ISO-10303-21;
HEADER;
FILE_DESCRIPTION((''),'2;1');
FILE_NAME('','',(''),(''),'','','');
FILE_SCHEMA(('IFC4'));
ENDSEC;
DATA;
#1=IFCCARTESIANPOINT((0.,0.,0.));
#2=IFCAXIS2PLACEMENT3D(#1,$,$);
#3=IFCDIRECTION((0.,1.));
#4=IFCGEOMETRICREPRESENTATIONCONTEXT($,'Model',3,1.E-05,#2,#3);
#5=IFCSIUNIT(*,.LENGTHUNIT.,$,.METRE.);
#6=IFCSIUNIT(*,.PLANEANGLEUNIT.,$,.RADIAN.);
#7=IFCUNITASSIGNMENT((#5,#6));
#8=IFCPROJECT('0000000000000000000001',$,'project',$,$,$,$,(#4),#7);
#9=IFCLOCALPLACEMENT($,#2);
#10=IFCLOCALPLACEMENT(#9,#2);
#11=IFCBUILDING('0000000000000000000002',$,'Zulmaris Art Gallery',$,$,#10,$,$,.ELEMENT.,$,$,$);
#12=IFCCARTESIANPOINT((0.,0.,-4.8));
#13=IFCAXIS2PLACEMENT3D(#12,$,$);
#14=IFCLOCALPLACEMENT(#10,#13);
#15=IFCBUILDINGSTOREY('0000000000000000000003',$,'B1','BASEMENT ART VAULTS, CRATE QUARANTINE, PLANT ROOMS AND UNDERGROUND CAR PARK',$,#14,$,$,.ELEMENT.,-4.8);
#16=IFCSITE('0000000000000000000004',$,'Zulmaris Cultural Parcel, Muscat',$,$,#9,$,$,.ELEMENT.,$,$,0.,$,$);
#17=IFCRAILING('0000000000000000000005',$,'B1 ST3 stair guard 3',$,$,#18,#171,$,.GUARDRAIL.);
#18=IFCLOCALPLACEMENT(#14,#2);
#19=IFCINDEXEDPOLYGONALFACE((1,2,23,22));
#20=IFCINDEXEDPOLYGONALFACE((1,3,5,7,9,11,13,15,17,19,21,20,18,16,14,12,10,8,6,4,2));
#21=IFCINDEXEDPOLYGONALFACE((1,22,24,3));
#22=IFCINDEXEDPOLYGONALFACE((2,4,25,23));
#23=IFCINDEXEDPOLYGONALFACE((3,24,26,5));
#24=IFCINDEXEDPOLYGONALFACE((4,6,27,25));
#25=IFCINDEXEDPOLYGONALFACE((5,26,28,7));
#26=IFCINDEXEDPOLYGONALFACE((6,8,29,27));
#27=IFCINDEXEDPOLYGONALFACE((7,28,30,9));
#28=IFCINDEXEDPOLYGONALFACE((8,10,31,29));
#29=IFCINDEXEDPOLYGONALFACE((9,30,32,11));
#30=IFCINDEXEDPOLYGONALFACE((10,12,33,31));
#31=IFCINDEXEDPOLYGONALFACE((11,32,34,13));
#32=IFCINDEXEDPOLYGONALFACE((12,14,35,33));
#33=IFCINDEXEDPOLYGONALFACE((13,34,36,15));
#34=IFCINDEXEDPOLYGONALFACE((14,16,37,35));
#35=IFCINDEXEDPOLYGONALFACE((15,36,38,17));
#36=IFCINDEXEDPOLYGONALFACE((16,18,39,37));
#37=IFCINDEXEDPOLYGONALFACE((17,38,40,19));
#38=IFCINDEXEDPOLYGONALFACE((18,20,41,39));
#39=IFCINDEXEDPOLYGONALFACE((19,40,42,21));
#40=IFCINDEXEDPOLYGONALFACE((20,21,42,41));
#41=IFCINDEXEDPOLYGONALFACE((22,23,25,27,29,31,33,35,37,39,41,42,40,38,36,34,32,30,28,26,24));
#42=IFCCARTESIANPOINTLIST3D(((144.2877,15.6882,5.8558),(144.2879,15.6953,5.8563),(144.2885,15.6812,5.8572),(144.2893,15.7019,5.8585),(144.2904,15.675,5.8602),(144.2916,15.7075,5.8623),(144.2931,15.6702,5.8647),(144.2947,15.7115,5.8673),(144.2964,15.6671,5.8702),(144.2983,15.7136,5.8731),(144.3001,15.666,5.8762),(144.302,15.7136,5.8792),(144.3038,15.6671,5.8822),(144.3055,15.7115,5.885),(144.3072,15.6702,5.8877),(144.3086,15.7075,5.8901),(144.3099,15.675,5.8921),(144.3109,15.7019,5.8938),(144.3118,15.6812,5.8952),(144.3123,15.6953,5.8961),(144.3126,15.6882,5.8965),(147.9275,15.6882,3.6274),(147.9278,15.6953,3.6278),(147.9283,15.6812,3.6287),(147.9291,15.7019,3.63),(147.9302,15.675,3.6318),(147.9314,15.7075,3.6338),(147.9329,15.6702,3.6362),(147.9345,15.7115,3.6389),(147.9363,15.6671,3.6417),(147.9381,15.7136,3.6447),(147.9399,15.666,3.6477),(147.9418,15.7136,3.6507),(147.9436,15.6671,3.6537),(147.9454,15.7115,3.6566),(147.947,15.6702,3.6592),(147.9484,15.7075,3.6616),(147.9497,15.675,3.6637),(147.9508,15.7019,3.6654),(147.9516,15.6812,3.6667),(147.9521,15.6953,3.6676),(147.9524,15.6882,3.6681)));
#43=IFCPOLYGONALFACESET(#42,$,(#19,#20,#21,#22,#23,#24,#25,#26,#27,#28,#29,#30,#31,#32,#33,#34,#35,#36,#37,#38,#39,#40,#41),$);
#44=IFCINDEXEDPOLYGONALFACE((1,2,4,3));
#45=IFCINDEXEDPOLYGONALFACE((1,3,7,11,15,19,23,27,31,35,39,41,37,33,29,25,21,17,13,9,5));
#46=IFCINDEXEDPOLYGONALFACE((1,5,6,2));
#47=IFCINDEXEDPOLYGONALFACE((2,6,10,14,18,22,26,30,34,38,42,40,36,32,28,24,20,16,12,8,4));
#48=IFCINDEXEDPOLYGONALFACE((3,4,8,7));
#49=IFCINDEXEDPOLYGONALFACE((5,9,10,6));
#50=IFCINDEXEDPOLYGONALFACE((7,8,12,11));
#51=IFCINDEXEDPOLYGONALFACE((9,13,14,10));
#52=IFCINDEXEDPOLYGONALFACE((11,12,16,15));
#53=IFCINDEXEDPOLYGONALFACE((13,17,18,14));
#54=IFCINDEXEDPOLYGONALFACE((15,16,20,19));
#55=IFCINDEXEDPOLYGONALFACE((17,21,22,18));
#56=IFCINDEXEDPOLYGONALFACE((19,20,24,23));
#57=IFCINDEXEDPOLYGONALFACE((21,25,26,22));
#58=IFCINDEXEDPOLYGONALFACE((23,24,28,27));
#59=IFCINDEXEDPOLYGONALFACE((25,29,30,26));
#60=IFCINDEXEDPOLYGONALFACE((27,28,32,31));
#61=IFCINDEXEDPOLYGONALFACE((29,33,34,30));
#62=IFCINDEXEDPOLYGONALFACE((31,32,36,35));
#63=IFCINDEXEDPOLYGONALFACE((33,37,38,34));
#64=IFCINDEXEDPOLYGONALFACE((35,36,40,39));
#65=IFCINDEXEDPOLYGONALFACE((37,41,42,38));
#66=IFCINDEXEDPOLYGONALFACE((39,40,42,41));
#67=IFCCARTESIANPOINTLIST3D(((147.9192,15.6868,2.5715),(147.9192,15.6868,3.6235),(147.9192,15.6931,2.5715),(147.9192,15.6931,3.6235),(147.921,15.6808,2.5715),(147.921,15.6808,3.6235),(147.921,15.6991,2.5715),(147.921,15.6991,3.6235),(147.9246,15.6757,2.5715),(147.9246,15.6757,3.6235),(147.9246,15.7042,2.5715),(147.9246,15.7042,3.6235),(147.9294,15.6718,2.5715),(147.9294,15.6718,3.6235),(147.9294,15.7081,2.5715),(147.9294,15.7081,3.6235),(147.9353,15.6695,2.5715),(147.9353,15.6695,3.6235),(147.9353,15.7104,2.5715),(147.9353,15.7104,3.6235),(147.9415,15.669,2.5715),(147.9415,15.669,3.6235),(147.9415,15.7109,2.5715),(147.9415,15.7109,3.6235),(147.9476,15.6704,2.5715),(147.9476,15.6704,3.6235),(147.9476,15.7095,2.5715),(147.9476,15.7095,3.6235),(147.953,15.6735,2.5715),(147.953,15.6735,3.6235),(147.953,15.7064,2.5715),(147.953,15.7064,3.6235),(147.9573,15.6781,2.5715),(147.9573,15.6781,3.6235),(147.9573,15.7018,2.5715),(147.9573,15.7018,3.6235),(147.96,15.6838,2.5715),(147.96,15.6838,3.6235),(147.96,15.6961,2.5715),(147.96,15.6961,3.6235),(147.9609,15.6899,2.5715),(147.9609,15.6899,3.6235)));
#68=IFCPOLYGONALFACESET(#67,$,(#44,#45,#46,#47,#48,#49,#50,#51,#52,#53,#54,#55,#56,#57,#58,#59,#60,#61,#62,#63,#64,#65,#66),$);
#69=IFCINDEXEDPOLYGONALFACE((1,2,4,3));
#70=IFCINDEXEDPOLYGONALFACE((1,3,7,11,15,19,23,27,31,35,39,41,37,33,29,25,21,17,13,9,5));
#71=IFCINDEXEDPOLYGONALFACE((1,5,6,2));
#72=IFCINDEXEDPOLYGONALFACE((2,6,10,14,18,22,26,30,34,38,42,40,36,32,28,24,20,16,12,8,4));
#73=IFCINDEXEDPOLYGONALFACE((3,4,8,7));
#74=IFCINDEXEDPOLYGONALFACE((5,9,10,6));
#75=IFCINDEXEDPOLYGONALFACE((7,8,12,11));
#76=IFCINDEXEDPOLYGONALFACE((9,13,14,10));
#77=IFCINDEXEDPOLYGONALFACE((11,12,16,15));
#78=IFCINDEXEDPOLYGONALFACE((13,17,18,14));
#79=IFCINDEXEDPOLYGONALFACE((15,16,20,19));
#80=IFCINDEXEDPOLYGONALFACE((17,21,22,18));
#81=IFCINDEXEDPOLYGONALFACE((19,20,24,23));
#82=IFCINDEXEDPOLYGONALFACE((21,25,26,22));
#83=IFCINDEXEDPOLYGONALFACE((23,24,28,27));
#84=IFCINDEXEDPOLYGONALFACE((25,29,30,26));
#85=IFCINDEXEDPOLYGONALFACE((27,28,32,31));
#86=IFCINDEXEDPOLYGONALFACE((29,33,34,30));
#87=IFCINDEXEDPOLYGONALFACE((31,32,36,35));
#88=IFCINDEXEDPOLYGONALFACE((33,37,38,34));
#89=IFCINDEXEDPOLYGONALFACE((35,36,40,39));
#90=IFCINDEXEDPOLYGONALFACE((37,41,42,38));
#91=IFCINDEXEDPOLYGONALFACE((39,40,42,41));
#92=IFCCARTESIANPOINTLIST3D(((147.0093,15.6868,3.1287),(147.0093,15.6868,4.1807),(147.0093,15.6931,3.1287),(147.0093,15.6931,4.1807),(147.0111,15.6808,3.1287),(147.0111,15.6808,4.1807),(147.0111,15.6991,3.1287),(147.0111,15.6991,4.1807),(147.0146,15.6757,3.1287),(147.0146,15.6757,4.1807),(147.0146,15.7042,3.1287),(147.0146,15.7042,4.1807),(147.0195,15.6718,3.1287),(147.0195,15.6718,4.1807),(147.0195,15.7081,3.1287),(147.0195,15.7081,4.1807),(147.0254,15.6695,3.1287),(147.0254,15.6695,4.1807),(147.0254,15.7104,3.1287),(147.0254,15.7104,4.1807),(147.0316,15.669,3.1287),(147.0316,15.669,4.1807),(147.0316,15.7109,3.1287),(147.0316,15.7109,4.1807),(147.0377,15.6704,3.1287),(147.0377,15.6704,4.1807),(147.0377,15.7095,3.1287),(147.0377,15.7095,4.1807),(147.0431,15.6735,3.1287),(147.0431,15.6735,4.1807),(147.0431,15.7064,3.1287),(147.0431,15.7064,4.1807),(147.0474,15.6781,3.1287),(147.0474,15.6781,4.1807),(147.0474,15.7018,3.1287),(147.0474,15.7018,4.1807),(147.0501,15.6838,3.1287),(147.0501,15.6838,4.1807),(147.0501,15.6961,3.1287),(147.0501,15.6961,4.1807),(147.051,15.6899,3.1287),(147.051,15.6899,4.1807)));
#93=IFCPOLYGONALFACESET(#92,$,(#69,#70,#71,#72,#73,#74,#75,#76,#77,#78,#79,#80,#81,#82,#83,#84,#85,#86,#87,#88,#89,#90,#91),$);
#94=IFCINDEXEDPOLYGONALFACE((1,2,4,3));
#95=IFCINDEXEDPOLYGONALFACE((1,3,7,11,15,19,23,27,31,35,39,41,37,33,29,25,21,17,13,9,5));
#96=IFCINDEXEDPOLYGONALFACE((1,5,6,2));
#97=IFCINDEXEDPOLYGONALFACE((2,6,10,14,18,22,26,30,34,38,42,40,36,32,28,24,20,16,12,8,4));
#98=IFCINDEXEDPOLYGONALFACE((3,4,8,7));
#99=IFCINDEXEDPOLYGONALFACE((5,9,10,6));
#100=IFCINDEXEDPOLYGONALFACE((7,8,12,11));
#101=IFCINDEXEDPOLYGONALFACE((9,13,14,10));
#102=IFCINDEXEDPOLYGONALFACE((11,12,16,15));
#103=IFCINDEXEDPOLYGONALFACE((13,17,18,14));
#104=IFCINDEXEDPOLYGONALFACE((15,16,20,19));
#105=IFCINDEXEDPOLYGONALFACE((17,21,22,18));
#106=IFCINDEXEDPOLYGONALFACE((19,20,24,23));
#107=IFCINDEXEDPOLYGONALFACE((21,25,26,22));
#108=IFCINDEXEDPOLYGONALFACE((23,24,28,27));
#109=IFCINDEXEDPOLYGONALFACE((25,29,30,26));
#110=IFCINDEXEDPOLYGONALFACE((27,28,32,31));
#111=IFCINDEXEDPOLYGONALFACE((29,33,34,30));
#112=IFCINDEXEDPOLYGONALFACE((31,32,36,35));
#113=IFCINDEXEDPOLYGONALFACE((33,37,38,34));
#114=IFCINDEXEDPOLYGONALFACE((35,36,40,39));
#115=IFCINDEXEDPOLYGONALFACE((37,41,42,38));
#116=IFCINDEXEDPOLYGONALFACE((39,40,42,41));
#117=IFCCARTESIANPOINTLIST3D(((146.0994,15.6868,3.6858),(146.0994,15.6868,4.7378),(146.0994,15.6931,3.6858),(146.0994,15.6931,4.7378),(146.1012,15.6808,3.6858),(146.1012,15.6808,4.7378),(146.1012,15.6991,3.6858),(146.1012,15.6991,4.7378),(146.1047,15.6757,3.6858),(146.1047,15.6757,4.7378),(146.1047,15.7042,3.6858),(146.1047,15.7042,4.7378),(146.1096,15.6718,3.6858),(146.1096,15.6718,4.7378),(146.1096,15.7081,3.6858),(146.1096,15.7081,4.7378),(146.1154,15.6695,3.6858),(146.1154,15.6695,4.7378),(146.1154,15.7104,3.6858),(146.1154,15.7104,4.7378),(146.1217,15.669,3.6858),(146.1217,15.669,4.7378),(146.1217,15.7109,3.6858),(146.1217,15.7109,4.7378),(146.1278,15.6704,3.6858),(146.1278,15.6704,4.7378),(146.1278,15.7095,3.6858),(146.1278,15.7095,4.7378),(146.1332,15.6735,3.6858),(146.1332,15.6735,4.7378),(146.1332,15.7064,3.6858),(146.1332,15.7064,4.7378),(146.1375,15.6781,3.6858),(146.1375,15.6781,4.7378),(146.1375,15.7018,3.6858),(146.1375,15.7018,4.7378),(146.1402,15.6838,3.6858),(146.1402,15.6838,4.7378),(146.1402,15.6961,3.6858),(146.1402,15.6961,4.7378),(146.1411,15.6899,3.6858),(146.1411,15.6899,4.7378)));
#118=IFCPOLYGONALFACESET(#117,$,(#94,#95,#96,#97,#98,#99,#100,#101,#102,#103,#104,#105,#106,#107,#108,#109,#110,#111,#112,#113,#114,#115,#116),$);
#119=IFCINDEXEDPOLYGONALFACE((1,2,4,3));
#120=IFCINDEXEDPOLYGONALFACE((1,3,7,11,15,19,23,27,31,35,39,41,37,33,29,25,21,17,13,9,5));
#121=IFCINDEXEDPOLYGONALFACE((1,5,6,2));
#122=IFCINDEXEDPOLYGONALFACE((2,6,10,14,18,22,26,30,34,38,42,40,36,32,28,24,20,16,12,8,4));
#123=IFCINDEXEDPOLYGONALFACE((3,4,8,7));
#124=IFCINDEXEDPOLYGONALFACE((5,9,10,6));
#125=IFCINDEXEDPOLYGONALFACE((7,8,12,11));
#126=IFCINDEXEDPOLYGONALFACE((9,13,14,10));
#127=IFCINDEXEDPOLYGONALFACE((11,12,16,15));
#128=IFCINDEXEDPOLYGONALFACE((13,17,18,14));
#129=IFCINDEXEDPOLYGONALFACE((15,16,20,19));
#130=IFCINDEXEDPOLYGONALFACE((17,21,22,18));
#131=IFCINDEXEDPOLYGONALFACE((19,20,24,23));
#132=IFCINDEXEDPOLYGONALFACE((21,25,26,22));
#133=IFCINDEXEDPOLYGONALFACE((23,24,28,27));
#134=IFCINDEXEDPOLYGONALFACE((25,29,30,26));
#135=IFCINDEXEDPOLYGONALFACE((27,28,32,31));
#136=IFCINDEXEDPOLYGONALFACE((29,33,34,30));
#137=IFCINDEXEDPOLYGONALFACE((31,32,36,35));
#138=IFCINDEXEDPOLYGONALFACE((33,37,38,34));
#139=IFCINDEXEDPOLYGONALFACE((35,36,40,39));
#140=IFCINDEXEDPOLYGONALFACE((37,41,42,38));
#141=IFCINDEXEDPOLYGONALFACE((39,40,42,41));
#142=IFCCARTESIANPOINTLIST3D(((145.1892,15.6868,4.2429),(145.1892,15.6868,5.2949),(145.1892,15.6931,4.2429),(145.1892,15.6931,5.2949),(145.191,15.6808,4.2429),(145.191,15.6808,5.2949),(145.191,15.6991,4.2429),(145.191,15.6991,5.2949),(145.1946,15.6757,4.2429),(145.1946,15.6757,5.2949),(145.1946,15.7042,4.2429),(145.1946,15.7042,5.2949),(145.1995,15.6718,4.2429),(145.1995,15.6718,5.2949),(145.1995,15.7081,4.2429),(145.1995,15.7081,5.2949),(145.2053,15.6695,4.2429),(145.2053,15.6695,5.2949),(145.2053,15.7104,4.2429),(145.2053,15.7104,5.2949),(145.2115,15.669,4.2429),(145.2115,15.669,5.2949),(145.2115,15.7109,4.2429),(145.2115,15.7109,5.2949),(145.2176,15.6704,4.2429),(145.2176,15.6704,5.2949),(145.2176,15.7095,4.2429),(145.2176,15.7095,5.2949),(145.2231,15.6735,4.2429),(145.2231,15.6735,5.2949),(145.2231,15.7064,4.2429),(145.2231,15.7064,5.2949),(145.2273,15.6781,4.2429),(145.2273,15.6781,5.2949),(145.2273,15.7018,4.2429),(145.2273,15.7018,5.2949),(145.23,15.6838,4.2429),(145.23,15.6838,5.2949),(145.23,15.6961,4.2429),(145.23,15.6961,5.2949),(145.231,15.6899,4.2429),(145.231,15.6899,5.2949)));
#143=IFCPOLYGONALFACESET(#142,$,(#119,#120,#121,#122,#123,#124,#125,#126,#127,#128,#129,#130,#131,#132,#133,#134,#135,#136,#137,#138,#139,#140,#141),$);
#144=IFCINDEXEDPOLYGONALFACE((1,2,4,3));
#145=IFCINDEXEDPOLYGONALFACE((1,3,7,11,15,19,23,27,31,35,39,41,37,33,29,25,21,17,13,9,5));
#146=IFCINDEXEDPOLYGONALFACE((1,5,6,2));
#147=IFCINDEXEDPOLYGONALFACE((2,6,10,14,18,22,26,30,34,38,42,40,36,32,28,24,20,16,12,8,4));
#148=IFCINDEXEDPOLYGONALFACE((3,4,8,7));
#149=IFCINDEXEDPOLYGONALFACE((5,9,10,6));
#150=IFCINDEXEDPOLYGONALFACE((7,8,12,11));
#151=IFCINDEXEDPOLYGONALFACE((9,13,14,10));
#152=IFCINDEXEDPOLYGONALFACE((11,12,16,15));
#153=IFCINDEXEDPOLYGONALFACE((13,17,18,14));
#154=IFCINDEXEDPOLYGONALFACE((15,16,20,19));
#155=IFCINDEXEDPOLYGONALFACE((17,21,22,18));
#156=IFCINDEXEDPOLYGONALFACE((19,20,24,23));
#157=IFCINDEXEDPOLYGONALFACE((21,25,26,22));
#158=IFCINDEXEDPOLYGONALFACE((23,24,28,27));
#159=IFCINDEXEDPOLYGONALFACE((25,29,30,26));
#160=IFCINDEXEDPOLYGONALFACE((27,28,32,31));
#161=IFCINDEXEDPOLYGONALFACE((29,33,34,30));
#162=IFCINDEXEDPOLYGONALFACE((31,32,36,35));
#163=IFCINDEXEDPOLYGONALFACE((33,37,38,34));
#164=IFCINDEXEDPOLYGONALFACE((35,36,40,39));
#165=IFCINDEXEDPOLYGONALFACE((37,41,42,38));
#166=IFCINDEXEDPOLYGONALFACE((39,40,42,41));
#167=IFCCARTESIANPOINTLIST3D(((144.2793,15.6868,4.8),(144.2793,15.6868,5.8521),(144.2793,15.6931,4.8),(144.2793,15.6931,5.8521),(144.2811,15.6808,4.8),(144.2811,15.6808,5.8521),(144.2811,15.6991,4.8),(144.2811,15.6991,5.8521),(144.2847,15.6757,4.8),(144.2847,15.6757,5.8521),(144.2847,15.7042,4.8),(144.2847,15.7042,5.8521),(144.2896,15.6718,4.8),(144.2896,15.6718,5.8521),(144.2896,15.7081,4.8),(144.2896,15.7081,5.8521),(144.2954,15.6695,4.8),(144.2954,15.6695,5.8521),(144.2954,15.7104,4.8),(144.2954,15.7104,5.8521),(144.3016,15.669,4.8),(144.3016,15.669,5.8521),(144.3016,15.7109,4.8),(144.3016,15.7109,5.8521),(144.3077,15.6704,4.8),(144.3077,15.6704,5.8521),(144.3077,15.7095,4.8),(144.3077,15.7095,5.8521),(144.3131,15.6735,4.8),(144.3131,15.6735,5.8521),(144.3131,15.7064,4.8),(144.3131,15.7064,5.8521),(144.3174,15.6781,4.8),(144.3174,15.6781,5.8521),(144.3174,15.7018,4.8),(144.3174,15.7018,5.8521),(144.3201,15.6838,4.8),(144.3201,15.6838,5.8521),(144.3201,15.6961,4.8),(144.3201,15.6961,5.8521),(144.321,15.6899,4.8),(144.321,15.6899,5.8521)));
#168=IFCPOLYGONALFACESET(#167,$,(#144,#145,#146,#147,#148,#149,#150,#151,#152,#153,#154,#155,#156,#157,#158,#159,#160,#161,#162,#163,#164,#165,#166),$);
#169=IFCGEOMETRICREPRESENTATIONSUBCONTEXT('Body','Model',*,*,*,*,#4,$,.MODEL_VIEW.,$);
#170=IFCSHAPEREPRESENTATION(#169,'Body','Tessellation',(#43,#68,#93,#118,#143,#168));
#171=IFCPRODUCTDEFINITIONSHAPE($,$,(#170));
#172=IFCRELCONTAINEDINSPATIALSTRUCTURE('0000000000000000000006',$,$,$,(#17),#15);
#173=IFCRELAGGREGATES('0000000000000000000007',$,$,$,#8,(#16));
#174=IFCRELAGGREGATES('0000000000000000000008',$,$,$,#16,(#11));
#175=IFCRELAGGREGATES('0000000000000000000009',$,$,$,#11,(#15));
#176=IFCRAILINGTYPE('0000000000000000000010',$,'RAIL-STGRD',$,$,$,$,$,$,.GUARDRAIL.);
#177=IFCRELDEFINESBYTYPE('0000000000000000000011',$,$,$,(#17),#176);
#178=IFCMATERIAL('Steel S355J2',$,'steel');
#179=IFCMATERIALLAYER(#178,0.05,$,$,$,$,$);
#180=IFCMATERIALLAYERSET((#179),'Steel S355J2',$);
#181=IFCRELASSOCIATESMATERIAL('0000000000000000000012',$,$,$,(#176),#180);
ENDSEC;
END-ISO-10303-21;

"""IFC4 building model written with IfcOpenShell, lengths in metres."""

from ifc_helpers import new_model, si_unit, direction, frame, origin, origin_2d, place, context, subcontext, project, spatial, circle, extrude, material, layer, layer_set, type_object, element, save


model = new_model("IFC4")

# Units and contexts
model_context = context("Model", 3, precision=1e-05, world=origin(), true_north=direction((0.0, 1.0)))
body_context = subcontext(model_context, "Body", "Model", "MODEL_VIEW")
ifc_project = project(units=[si_unit("LENGTHUNIT", "METRE"), si_unit("PLANEANGLEUNIT", "RADIAN")], contexts=[model_context])

# Site, building, storey
site_placement = place(None, origin())
site = spatial("IfcSite", under=ifc_project, at=site_placement, Name="Zulmaris Cultural Parcel, Muscat", CompositionType="ELEMENT", RefElevation=0.0)
building_placement = place(site_placement, origin())
building = spatial("IfcBuilding", under=site, at=building_placement, Name="Zulmaris Art Gallery", CompositionType="ELEMENT")
storey_placement = place(building_placement, frame((0.0, 0.0, -4.8)))
storey = spatial("IfcBuildingStorey", under=building, at=storey_placement, Name="B1", Description="BASEMENT ART VAULTS, CRATE QUARANTINE, PLANT ROOMS AND UNDERGROUND CAR PARK", CompositionType="ELEMENT", Elevation=-4.8)

# Railing
ifc_material_1 = material(Name="Steel S355J2", Category="steel")
ifc_layer_1 = layer(ifc_material_1, 0.05)
ifc_layer_set_1 = layer_set([ifc_layer_1], Name="Steel S355J2")
railing_type_1 = type_object("IfcRailingType", Name="RAIL-STGRD", PredefinedType="GUARDRAIL", material=ifc_layer_set_1)
railing_1_placement = place(storey_placement, frame((147.9399, 15.6899, 2.5715)))
element("IfcRailing", 1, at=railing_1_placement, inside=storey, type_object=railing_type_1, Name="B1 ST3 stair guard 3", PredefinedType="GUARDRAIL", context=body_context, shape_type="SweptSolid", body=[
    extrude(circle(Radius=0.0239, at=origin_2d()), frame((0.0, 0.0, 1.0762), z_axis=(-0.85285, 0.0, 0.522156), x_axis=(0.0, -1.0, 0.0)), (0.0, 0.0, 1.0), 4.2678),
    extrude(circle(Radius=0.021, at=origin_2d()), origin(), (0.0, 0.0, 1.0), 1.052),
    extrude(circle(Radius=0.021, at=origin_2d()), frame((-0.9099, 0.0, 0.5571)), (0.0, 0.0, 1.0), 1.052),
    extrude(circle(Radius=0.021, at=origin_2d()), frame((-1.8198, 0.0, 1.1143)), (0.0, 0.0, 1.0), 1.052),
    extrude(circle(Radius=0.021, at=origin_2d()), frame((-2.73, 0.0, 1.6714)), (0.0, 0.0, 1.0), 1.052),
    extrude(circle(Radius=0.021, at=origin_2d()), frame((-3.6399, 0.0, 2.2285)), (0.0, 0.0, 1.0), 1.052),
])

save(model, "model.ifc")
